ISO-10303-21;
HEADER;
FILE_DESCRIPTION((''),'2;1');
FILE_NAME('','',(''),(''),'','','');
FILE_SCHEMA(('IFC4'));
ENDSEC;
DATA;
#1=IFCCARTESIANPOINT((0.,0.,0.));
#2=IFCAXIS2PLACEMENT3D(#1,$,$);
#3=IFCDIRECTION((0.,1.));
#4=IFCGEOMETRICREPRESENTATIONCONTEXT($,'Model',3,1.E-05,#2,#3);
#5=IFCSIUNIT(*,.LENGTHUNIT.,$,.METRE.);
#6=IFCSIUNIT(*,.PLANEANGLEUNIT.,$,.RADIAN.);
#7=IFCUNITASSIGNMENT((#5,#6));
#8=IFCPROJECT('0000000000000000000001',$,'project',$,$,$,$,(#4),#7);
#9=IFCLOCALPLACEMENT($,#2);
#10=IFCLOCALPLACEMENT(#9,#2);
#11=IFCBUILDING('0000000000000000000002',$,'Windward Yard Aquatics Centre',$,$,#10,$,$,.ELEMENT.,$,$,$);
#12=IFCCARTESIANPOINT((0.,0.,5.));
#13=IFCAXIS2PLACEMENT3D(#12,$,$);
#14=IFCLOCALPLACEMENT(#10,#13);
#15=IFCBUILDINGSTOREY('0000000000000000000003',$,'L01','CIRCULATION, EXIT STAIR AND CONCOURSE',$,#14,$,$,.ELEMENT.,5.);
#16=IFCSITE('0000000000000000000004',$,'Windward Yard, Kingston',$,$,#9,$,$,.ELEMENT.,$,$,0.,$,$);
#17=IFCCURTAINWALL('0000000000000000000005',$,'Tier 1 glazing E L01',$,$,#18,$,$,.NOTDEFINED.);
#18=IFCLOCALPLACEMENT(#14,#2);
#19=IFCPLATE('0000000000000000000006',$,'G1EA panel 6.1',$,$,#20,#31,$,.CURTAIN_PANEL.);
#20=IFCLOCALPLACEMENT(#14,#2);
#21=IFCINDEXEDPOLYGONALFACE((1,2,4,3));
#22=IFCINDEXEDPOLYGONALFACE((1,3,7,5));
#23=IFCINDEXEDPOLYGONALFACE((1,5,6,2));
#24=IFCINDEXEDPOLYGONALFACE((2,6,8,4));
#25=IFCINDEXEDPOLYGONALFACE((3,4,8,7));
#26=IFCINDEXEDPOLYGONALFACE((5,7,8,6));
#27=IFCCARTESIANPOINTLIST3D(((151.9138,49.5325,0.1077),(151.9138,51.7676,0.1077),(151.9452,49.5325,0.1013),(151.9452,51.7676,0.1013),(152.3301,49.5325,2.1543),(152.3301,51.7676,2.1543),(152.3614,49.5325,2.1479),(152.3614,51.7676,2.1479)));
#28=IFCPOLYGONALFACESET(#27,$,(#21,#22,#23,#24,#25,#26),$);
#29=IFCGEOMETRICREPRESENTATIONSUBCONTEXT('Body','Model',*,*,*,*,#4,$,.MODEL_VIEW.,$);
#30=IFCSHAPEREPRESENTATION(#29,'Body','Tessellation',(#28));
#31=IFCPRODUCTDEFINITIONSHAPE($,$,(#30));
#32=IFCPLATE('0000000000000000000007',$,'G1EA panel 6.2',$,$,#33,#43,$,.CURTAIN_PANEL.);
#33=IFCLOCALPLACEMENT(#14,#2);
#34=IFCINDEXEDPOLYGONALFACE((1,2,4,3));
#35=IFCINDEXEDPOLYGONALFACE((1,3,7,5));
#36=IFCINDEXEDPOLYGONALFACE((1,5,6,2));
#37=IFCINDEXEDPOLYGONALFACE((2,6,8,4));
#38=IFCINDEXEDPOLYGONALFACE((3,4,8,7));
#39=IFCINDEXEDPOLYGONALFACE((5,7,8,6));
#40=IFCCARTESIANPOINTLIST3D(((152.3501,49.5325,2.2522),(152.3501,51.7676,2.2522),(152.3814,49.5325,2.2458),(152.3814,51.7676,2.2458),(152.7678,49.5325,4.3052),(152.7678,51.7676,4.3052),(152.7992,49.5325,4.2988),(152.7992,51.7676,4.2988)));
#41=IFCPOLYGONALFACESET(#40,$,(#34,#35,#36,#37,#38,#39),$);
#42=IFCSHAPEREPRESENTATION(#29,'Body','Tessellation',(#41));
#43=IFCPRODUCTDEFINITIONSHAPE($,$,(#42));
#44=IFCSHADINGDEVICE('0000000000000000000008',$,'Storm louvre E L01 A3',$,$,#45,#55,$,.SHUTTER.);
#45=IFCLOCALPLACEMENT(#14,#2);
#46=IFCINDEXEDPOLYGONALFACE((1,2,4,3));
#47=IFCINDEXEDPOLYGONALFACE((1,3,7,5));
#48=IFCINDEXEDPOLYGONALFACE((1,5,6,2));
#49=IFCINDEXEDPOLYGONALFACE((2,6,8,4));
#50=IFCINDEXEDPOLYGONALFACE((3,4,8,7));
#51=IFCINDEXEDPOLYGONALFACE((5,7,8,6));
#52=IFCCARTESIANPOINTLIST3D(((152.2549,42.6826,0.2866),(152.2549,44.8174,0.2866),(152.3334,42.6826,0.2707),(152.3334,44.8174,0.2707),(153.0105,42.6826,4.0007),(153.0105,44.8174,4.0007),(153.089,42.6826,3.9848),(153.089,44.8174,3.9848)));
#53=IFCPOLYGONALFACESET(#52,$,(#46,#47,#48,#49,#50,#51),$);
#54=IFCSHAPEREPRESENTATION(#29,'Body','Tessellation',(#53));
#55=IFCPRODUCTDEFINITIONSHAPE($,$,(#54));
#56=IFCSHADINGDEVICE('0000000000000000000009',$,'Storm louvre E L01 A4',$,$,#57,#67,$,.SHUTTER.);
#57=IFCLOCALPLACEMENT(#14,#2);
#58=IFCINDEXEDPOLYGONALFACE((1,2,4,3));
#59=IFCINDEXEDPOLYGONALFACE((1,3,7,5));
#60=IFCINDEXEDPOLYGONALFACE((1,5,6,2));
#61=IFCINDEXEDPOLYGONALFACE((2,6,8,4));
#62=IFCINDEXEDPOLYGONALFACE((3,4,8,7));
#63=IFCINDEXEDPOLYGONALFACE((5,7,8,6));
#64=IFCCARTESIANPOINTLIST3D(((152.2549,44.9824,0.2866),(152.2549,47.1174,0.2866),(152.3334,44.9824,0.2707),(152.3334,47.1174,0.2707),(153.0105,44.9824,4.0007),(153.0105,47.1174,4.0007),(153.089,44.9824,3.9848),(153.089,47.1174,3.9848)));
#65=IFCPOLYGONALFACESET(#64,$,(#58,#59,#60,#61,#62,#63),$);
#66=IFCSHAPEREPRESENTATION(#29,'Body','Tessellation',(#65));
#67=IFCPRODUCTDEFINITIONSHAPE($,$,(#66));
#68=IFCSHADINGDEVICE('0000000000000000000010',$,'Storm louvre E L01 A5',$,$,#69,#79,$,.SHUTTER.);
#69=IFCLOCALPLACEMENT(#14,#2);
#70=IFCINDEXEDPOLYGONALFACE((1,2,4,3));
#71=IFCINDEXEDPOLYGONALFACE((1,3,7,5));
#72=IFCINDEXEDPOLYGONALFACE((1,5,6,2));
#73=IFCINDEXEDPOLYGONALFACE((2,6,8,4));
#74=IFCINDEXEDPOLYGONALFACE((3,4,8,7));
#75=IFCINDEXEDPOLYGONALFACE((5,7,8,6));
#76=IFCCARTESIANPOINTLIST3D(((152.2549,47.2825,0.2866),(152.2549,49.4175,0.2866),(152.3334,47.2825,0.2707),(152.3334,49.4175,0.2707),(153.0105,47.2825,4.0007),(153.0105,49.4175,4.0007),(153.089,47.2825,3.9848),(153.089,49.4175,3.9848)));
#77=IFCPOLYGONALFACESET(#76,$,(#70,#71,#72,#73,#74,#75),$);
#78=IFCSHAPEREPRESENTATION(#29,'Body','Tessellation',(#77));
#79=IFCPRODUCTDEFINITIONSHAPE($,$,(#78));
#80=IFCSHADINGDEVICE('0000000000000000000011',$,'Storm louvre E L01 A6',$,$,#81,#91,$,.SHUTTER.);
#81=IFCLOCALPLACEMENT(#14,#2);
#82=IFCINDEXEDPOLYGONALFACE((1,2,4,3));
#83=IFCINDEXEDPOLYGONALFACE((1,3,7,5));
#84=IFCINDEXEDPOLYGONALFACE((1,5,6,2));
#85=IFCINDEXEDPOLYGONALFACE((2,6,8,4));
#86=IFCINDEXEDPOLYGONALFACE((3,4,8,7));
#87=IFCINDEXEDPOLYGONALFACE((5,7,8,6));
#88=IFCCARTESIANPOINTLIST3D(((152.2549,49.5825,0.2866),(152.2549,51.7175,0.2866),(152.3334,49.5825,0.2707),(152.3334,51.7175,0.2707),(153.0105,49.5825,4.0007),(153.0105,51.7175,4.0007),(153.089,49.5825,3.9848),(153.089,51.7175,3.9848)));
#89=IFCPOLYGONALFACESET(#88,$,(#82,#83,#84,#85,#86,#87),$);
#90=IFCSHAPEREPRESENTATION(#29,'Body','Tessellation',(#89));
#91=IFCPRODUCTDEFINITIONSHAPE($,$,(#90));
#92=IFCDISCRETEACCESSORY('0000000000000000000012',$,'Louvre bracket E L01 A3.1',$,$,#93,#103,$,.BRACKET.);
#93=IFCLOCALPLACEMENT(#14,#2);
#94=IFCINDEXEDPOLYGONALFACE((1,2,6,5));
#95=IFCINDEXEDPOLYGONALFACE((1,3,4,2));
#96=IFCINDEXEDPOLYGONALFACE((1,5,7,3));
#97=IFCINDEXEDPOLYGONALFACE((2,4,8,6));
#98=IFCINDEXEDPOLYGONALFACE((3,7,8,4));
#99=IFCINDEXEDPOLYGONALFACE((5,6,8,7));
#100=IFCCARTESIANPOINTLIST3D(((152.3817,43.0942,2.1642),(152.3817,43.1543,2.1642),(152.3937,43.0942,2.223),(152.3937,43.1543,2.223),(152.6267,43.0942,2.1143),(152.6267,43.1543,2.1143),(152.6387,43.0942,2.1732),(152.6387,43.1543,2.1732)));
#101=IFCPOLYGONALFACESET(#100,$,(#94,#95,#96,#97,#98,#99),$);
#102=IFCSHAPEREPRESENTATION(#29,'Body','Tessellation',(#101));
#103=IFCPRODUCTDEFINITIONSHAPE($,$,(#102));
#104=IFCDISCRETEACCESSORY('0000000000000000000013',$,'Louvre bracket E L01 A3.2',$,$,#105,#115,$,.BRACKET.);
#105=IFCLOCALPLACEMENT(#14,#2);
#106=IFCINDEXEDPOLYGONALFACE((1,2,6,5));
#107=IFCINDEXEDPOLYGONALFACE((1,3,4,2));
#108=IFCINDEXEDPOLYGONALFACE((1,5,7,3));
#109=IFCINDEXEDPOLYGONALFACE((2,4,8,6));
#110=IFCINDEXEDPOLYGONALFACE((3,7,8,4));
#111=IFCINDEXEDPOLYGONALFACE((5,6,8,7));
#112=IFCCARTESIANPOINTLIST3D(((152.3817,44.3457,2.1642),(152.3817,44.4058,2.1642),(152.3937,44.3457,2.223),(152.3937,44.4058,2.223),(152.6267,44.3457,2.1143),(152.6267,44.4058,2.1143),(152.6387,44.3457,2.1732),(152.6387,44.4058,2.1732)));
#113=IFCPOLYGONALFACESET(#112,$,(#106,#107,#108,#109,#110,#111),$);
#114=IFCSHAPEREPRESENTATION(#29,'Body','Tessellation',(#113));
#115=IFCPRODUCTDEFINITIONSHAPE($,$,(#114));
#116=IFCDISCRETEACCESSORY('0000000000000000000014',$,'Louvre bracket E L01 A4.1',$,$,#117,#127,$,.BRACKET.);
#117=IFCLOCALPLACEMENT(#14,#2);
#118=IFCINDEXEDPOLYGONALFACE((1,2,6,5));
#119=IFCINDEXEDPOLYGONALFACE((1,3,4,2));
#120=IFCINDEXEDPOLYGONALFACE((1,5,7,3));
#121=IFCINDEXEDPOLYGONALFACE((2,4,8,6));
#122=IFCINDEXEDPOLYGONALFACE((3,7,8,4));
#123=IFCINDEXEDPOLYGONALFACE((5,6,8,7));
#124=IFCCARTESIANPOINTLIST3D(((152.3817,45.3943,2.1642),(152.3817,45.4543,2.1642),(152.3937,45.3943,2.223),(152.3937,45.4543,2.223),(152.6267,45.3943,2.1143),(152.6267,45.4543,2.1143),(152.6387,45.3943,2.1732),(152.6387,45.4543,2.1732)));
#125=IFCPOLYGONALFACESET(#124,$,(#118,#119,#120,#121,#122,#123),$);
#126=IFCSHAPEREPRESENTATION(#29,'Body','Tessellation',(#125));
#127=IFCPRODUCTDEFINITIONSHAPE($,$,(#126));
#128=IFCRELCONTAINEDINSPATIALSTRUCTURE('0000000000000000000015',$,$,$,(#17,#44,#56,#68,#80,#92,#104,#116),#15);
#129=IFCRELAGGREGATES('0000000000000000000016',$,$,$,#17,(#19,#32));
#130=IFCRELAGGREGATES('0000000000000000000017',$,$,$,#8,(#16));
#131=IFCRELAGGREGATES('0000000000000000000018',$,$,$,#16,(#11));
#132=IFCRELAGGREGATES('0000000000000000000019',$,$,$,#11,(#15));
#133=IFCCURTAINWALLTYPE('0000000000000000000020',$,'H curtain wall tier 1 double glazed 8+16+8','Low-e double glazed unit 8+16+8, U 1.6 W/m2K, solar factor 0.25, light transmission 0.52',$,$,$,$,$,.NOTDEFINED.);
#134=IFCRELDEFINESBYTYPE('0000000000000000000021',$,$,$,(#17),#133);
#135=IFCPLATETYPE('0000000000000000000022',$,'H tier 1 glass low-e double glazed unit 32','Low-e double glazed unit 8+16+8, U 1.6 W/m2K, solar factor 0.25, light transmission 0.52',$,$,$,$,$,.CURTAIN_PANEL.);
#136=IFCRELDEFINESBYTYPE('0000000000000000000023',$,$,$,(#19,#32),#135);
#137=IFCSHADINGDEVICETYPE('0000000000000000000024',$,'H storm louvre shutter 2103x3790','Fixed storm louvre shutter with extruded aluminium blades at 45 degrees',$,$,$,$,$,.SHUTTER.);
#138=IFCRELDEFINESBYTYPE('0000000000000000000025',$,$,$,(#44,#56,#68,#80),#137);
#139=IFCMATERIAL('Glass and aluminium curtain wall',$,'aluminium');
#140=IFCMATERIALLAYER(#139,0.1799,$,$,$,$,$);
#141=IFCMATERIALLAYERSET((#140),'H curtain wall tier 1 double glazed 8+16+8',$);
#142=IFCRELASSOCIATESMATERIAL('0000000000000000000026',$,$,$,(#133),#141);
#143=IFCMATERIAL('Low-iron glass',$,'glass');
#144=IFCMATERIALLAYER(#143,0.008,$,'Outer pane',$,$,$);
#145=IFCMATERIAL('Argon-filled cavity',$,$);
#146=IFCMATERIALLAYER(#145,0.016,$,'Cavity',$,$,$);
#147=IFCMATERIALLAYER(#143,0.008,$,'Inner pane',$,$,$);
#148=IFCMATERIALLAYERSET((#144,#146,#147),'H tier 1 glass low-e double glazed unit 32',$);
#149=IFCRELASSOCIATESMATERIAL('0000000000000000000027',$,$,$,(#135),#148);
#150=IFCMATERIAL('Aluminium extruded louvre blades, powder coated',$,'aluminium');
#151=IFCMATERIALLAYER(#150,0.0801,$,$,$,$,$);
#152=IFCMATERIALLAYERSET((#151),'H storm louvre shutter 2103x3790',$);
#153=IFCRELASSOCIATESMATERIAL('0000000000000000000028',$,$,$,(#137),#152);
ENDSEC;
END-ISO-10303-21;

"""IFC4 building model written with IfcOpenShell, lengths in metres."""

from ifc_helpers import new_model, si_unit, direction, frame, origin, origin_2d, place, context, subcontext, project, spatial, polyline, rectangle, outline, extrude, material, layer, layer_set, type_object, element, aggregate, save


model = new_model("IFC4")

# Units and contexts
model_context = context("Model", 3, precision=1e-05, world=origin(), true_north=direction((0.0, 1.0)))
body_context = subcontext(model_context, "Body", "Model", "MODEL_VIEW")
ifc_project = project(units=[si_unit("LENGTHUNIT", "METRE"), si_unit("PLANEANGLEUNIT", "RADIAN")], contexts=[model_context])

# Site, building, storey
site_placement = place(None, origin())
site = spatial("IfcSite", under=ifc_project, at=site_placement, Name="Windward Yard, Kingston", CompositionType="ELEMENT", RefElevation=0.0)
building_placement = place(site_placement, origin())
building = spatial("IfcBuilding", under=site, at=building_placement, Name="Windward Yard Aquatics Centre", CompositionType="ELEMENT")
storey_placement = place(building_placement, frame((0.0, 0.0, 5.0)))
storey = spatial("IfcBuildingStorey", under=building, at=storey_placement, Name="L01", Description="CIRCULATION, EXIT STAIR AND CONCOURSE", CompositionType="ELEMENT", Elevation=5.0)

# Curtain wall, plates
ifc_material_1 = material(Name="Glass and aluminium curtain wall", Category="aluminium")
ifc_layer_1 = layer(ifc_material_1, 0.1799)
ifc_layer_set_1 = layer_set([ifc_layer_1], Name="H curtain wall tier 1 double glazed 8+16+8")
curtain_wall_type = type_object("IfcCurtainWallType", Name="H curtain wall tier 1 double glazed 8+16+8", Description="Low-e double glazed unit 8+16+8, U 1.6 W/m2K, solar factor 0.25, light transmission 0.52", PredefinedType="NOTDEFINED", material=ifc_layer_set_1)
curtain_wall_placement = place(storey_placement, origin())
curtain_wall = element("IfcCurtainWall", 1, at=curtain_wall_placement, inside=storey, type_object=curtain_wall_type, Name="Tier 1 glazing E L01", PredefinedType="NOTDEFINED")
ifc_material_2 = material(Name="Low-iron glass", Category="glass")
ifc_layer_2 = layer(ifc_material_2, 0.008, Name="Outer pane")
ifc_material_3 = material(Name="Argon-filled cavity")
ifc_layer_3 = layer(ifc_material_3, 0.016, Name="Cavity")
ifc_layer_4 = layer(ifc_material_2, 0.008, Name="Inner pane")
ifc_layer_set_2 = layer_set([ifc_layer_2, ifc_layer_3, ifc_layer_4], Name="H tier 1 glass low-e double glazed unit 32")
plate_type = type_object("IfcPlateType", Name="H tier 1 glass low-e double glazed unit 32", Description="Low-e double glazed unit 8+16+8, U 1.6 W/m2K, solar factor 0.25, light transmission 0.52", PredefinedType="CURTAIN_PANEL", material=ifc_layer_set_2)
plate_1_placement = place(storey_placement, frame((151.9138, 49.5325, 0.1077), z_axis=(-0.979937, 0.0, 0.199307), x_axis=(0.0, 1.0, 0.0)))
plate_1 = element("IfcPlate", 2, at=plate_1_placement, type_object=plate_type, Name="G1EA panel 6.1", PredefinedType="CURTAIN_PANEL", context=body_context, shape_type="SweptSolid", body=[
    extrude(outline(polyline([(0.0, 0.0), (2.2351, 0.0), (2.2351, -2.0885), (0.0, -2.0885), (0.0, 0.0)])), origin(), (0.0, 0.0, -1.0), 0.032),
])
plate_2_placement = place(storey_placement, frame((152.3501, 49.5325, 2.2522), z_axis=(-0.979921, 0.0, 0.199387), x_axis=(0.0, 1.0, 0.0)))
plate_2 = element("IfcPlate", 3, at=plate_2_placement, type_object=plate_type, Name="G1EA panel 6.2", PredefinedType="CURTAIN_PANEL", context=body_context, shape_type="SweptSolid", body=[
    extrude(outline(polyline([(0.0, 0.0), (2.2351, 0.0), (2.2351, -2.095), (0.0, -2.095), (0.0, 0.0)])), origin(), (0.0, 0.0, -1.0), 0.032),
])
aggregate(curtain_wall, [plate_1, plate_2])

# Shading devices
ifc_material_4 = material(Name="Aluminium extruded louvre blades, powder coated", Category="aluminium")
ifc_layer_5 = layer(ifc_material_4, 0.0801)
ifc_layer_set_3 = layer_set([ifc_layer_5], Name="H storm louvre shutter 2103x3790")
shading_device_type = type_object("IfcShadingDeviceType", Name="H storm louvre shutter 2103x3790", Description="Fixed storm louvre shutter with extruded aluminium blades at 45 degrees", PredefinedType="SHUTTER", material=ifc_layer_set_3)
shading_device_placement = place(storey_placement, frame((152.2549, 42.6826, 0.2866), z_axis=(-0.979926, 0.0, 0.199361), x_axis=(0.0, 1.0, 0.0)))
element("IfcShadingDevice", 4, at=shading_device_placement, inside=storey, type_object=shading_device_type, Name="Storm louvre E L01 A3", PredefinedType="SHUTTER", context=body_context, shape_type="SweptSolid", body=[
    extrude(outline(polyline([(0.0, 0.0), (2.1348, 0.0), (2.1348, -3.7902), (0.0, -3.7902), (0.0, 0.0)])), origin(), (0.0, 0.0, -1.0), 0.0801),
])
for number, where, z_axis, x_axis, name in (
    (5, (152.2549, 44.9824, 0.2866), (-0.979926, 0.0, 0.199361), (0.0, 1.0, 0.0), "Storm louvre E L01 A4"),
    (6, (152.2549, 47.2825, 0.2866), (-0.979926, 0.0, 0.199361), (0.0, 1.0, 0.0), "Storm louvre E L01 A5"),
    (7, (152.2549, 49.5825, 0.2866), (-0.979926, 0.0, 0.199361), (0.0, 1.0, 0.0), "Storm louvre E L01 A6"),
):
    element("IfcShadingDevice", number, at=place(storey_placement, frame(where, z_axis=z_axis, x_axis=x_axis)), inside=storey, type_object=shading_device_type, Name=name, PredefinedType="SHUTTER", context=body_context, shape_type="SweptSolid", body=[
        extrude(outline(polyline([(0.0, 0.0), (2.135, 0.0), (2.135, -3.7902), (0.0, -3.7902), (0.0, 0.0)])), origin(), (0.0, 0.0, -1.0), 0.0801),
    ])

# Discrete accessories
for number, where, z_axis, x_axis, name in (
    (8, (152.3877, 43.1243, 2.1936), (0.979937, 0.0, -0.199309), (0.0, 1.0, 0.0), "Louvre bracket E L01 A3.1"),
    (9, (152.3877, 44.3757, 2.1936), (0.979937, 0.0, -0.199309), (0.0, 1.0, 0.0), "Louvre bracket E L01 A3.2"),
    (10, (152.3877, 45.4243, 2.1936), (0.979937, 0.0, -0.199309), (0.0, 1.0, 0.0), "Louvre bracket E L01 A4.1"),
):
    element("IfcDiscreteAccessory", number, at=place(storey_placement, frame(where, z_axis=z_axis, x_axis=x_axis)), inside=storey, Name=name, PredefinedType="BRACKET", context=body_context, shape_type="SweptSolid", body=[
        extrude(rectangle(XDim=0.0601, YDim=0.0601, at=origin_2d()), origin(), (0.0, 0.0, 1.0), 0.25),
    ])

save(model, "model.ifc")
